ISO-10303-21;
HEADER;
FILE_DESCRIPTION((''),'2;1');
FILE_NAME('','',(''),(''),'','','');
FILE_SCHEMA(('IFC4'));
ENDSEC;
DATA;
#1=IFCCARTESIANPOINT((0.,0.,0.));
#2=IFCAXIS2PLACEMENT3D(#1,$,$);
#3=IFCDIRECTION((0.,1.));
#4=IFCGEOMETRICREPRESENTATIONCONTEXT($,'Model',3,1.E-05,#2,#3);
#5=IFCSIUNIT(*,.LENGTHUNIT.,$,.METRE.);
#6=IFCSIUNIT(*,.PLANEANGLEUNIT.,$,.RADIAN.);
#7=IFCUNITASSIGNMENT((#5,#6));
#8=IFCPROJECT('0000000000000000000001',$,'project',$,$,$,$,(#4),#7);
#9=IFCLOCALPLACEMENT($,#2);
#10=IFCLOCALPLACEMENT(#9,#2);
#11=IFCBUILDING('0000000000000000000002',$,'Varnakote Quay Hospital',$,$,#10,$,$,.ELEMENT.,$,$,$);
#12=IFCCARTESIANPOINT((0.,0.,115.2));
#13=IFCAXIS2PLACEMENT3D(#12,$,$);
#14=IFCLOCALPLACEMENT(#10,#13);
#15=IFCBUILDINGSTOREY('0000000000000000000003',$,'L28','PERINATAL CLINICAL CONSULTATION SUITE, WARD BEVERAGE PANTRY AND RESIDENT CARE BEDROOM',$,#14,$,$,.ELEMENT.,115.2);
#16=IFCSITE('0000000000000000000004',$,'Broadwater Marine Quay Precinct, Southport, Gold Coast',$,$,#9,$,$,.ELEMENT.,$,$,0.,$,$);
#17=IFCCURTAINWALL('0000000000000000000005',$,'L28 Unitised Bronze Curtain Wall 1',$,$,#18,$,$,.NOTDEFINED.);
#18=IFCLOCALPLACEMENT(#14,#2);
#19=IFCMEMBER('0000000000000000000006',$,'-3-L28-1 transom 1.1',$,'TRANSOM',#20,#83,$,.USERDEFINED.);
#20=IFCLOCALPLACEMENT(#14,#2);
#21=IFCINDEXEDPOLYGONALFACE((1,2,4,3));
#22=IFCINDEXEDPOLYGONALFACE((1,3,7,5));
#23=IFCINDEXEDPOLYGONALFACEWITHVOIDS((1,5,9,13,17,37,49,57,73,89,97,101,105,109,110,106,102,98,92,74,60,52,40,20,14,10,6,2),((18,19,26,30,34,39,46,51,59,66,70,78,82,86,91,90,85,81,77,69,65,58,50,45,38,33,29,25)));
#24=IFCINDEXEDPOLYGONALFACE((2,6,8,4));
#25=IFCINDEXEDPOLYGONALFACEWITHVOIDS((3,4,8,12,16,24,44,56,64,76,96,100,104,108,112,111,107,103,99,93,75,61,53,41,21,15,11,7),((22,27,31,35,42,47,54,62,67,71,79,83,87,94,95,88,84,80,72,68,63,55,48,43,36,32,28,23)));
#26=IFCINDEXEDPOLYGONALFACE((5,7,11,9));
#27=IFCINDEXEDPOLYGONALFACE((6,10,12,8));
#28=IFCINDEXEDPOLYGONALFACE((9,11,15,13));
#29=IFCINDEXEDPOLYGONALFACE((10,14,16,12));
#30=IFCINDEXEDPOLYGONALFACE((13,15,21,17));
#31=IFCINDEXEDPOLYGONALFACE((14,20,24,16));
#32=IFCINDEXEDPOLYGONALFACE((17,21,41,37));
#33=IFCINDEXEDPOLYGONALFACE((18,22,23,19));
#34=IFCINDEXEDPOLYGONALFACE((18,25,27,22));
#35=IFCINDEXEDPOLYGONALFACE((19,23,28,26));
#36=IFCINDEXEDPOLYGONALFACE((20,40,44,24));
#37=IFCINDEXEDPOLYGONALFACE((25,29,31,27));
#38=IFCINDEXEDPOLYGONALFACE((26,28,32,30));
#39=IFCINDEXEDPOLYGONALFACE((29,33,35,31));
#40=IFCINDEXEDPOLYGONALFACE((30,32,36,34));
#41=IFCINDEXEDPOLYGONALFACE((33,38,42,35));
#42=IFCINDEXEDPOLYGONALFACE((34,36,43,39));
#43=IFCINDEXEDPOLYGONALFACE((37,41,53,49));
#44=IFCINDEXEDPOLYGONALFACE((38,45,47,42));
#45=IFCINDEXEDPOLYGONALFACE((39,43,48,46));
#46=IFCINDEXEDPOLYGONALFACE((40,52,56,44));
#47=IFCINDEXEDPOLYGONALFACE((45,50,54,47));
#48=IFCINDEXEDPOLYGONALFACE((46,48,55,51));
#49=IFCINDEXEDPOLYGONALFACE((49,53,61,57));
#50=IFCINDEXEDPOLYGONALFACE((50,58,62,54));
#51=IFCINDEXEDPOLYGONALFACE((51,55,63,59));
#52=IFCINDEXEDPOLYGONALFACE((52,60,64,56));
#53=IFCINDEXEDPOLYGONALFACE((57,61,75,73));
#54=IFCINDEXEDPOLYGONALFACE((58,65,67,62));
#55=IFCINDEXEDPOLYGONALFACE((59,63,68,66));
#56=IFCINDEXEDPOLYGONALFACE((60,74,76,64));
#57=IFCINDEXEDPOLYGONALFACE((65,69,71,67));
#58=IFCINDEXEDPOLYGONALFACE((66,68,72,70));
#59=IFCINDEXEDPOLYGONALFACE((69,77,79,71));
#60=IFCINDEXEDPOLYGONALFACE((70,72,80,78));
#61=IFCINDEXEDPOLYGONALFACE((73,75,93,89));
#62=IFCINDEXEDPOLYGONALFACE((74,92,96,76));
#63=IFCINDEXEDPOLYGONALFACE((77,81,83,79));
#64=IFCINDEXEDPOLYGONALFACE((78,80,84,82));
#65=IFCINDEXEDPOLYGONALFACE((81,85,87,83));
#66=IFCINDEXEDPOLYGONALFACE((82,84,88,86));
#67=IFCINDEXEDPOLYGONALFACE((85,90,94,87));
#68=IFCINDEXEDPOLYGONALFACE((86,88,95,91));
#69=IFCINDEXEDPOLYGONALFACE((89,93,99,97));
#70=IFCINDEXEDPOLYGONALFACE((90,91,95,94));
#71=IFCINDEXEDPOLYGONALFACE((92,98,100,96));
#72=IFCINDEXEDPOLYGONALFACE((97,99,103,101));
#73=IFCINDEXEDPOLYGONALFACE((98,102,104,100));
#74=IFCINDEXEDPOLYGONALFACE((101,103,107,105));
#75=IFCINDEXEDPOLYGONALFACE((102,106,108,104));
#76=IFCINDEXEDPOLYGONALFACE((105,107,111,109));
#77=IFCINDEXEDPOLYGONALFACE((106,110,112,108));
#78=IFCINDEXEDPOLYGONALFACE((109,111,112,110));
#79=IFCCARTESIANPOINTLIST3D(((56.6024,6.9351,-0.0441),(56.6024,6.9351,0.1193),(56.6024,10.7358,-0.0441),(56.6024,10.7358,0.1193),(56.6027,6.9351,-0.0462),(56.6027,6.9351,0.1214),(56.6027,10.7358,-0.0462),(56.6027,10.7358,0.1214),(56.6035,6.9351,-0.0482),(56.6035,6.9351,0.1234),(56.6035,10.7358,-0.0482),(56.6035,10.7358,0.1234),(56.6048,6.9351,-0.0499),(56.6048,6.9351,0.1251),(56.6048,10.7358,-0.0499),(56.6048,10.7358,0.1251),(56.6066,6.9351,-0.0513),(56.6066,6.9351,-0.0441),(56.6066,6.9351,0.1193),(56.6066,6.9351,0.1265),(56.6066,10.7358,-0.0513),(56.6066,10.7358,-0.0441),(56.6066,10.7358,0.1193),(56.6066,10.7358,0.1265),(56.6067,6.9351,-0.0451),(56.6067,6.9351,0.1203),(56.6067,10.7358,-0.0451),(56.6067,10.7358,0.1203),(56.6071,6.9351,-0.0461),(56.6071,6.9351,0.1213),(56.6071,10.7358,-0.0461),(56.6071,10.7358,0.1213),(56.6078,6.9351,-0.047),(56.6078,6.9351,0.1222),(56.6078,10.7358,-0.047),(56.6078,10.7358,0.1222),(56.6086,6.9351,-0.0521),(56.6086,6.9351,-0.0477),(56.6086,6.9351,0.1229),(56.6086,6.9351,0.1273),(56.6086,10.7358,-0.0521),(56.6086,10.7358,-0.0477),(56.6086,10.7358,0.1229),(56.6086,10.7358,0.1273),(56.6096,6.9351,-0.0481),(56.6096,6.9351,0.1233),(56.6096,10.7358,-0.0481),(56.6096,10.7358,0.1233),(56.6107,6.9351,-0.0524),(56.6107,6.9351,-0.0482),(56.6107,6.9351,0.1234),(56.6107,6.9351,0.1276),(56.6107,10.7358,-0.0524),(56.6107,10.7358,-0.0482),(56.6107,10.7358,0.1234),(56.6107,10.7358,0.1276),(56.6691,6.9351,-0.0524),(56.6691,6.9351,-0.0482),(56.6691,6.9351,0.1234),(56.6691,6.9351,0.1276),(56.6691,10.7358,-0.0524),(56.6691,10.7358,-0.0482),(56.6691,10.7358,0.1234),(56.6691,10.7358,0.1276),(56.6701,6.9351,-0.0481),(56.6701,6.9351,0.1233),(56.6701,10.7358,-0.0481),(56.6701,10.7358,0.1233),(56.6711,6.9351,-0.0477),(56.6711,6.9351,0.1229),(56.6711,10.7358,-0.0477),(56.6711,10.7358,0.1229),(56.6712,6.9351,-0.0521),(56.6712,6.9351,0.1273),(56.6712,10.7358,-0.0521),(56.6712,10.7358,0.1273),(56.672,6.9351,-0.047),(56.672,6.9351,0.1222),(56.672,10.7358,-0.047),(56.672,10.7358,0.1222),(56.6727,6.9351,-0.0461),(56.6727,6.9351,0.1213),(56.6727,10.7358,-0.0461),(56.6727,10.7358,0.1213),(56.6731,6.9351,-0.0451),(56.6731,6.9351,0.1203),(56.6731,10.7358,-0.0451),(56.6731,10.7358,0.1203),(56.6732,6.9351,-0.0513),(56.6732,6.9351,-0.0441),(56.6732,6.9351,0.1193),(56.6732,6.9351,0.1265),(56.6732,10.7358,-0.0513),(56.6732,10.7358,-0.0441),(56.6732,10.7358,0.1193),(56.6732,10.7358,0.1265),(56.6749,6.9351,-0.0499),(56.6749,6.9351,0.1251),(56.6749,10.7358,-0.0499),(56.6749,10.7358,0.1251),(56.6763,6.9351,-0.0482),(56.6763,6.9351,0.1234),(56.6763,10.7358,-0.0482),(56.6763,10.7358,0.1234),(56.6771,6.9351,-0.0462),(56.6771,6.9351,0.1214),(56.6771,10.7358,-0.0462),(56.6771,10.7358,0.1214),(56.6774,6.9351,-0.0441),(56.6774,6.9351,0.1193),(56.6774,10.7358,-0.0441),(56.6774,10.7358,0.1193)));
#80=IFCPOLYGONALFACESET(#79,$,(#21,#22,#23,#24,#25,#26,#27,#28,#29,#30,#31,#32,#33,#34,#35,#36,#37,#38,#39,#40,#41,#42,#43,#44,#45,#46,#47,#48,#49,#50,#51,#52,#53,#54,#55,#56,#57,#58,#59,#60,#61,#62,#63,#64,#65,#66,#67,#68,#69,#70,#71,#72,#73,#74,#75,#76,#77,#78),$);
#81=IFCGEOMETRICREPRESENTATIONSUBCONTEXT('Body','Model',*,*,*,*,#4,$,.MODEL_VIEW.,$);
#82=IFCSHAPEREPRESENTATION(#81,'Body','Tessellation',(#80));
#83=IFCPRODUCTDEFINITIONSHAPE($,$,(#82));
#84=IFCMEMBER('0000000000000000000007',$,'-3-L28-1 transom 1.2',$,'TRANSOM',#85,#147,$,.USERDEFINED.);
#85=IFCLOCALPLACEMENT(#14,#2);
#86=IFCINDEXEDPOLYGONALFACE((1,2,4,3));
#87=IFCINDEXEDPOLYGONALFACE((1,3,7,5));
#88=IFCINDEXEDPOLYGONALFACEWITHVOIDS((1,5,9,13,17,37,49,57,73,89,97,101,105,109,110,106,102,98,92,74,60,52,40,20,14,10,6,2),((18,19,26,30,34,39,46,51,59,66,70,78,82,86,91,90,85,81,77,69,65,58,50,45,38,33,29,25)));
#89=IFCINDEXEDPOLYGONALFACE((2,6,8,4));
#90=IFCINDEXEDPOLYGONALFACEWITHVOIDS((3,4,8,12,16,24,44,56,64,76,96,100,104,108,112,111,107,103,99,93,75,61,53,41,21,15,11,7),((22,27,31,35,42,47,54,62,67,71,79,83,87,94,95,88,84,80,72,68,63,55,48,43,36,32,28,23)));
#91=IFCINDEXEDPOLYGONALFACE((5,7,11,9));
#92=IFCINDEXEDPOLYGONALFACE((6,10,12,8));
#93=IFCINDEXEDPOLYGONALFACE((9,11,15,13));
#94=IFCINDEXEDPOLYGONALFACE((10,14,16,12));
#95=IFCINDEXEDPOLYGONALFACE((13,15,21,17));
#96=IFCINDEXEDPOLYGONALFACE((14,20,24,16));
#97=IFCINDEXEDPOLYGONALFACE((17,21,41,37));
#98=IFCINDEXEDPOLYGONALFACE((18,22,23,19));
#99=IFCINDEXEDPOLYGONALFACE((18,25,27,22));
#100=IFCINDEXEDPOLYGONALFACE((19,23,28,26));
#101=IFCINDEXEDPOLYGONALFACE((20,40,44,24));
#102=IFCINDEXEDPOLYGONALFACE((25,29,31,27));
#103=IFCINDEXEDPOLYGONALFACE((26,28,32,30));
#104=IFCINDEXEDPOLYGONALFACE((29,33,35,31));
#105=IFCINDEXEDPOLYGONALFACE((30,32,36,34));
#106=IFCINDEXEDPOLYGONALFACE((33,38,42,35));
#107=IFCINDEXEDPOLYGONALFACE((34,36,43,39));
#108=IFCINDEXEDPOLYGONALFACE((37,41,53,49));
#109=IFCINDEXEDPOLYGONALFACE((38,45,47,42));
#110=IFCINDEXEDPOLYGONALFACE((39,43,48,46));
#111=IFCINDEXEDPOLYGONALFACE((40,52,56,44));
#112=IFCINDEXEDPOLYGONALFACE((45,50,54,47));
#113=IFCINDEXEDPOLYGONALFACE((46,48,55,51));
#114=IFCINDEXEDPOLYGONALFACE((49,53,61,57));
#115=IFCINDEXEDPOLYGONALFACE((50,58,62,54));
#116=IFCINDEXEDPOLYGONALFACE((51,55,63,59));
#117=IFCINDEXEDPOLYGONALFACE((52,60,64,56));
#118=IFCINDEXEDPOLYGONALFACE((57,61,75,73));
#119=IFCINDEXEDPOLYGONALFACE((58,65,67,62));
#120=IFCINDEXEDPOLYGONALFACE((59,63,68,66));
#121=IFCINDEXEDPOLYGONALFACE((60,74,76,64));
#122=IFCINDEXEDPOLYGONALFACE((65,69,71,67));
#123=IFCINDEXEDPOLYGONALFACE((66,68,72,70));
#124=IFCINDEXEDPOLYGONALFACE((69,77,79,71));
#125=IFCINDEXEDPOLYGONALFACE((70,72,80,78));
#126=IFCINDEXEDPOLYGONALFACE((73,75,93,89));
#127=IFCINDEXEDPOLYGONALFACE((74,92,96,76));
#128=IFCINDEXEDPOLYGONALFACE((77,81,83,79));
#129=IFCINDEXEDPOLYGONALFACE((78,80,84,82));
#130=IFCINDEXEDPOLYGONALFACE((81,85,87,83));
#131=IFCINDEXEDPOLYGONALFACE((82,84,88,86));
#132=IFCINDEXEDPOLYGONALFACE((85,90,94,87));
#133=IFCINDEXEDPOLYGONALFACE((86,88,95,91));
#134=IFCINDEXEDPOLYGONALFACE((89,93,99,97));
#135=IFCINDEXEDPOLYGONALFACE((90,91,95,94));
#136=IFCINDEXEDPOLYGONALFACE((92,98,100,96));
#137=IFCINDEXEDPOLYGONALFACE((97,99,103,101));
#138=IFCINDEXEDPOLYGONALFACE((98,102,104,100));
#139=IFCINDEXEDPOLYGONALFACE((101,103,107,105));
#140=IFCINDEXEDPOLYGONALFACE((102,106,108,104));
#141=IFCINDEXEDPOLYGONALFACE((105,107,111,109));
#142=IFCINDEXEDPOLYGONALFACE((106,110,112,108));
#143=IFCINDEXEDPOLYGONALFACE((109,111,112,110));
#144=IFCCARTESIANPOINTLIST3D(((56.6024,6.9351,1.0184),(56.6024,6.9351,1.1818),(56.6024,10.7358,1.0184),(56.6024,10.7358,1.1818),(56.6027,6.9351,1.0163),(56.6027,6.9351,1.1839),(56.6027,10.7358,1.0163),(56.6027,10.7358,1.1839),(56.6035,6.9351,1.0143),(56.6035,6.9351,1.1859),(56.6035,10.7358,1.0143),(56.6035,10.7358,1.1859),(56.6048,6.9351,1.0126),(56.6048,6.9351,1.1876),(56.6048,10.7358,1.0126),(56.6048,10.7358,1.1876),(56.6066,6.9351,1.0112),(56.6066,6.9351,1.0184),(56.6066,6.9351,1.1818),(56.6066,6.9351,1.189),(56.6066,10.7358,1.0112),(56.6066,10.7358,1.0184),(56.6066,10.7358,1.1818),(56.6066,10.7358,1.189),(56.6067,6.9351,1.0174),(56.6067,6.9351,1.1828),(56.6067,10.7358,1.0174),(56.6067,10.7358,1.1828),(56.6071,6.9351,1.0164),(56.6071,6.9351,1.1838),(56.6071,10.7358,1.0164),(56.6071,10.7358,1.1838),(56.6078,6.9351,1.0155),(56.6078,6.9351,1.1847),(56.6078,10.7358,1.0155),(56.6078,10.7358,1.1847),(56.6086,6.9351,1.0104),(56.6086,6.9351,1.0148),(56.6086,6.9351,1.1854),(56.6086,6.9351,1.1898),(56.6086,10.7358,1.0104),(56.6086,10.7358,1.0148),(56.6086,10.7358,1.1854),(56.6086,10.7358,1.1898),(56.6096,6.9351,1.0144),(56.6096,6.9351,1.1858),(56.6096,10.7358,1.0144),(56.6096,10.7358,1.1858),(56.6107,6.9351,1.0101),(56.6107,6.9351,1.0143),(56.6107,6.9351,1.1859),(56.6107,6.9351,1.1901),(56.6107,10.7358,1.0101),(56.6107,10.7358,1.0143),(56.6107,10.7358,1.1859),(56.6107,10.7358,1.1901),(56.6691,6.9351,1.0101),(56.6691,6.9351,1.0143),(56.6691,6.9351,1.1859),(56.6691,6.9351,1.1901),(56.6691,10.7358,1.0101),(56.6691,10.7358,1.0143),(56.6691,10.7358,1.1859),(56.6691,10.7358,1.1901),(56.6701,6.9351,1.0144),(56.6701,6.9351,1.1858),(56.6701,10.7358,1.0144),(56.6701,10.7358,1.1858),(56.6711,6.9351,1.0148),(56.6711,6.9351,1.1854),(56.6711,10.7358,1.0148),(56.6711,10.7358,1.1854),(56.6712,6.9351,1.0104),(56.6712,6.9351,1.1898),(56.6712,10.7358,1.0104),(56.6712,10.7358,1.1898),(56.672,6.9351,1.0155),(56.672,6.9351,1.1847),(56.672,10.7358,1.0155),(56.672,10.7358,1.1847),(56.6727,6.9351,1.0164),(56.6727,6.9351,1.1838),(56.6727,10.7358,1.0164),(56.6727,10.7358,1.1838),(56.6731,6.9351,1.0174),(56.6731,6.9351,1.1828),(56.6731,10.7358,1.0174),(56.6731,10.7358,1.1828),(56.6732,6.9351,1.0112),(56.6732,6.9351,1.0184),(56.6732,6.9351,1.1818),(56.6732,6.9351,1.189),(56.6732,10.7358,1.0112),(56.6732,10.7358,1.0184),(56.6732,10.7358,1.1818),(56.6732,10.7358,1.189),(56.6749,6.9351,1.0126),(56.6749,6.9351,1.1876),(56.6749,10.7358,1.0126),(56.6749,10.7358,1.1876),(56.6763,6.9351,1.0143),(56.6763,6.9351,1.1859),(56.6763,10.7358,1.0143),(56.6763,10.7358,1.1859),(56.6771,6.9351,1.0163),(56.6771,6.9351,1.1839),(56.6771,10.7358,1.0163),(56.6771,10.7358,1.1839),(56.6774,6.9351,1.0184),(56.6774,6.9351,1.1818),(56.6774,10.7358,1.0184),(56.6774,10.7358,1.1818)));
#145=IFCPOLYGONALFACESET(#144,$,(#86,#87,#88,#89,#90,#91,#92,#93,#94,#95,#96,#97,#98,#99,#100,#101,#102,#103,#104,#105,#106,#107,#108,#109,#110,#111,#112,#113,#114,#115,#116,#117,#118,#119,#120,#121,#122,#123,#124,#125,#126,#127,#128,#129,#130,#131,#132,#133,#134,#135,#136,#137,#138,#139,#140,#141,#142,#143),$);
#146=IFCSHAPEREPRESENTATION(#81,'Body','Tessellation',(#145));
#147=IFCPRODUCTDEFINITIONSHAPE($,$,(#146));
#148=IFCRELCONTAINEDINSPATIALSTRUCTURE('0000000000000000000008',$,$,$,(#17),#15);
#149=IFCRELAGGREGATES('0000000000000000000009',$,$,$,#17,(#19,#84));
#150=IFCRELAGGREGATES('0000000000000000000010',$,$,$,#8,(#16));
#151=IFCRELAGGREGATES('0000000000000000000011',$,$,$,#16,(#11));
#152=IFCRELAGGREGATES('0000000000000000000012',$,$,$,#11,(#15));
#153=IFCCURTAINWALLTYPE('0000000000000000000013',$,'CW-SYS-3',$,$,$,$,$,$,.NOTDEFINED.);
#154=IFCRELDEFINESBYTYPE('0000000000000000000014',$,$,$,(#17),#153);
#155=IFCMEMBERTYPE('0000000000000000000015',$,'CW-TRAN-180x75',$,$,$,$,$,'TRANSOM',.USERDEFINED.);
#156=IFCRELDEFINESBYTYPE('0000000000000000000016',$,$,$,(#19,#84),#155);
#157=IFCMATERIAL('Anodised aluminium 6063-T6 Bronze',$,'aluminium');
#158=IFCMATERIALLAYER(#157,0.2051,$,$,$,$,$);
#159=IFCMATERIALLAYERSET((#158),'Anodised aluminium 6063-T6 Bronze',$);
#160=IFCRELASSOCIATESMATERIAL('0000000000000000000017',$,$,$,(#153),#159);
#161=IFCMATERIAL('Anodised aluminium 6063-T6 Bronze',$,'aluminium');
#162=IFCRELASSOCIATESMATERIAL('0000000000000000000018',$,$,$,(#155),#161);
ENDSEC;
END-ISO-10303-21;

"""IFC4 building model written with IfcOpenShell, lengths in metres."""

from ifc_helpers import new_model, si_unit, direction, frame, origin, origin_2d, place, context, subcontext, project, spatial, hollow_rectangle, extrude, material, layer, layer_set, material_profile, profile_set, type_object, element, aggregate, save


model = new_model("IFC4")

# Units and contexts
model_context = context("Model", 3, precision=1e-05, world=origin(), true_north=direction((0.0, 1.0)))
body_context = subcontext(model_context, "Body", "Model", "MODEL_VIEW")
ifc_project = project(units=[si_unit("LENGTHUNIT", "METRE"), si_unit("PLANEANGLEUNIT", "RADIAN")], contexts=[model_context])

# Site, building, storey
site_placement = place(None, origin())
site = spatial("IfcSite", under=ifc_project, at=site_placement, Name="Broadwater Marine Quay Precinct, Southport, Gold Coast", CompositionType="ELEMENT", RefElevation=0.0)
building_placement = place(site_placement, origin())
building = spatial("IfcBuilding", under=site, at=building_placement, Name="Varnakote Quay Hospital", CompositionType="ELEMENT")
storey_placement = place(building_placement, frame((0.0, 0.0, 115.2)))
storey = spatial("IfcBuildingStorey", under=building, at=storey_placement, Name="L28", Description="PERINATAL CLINICAL CONSULTATION SUITE, WARD BEVERAGE PANTRY AND RESIDENT CARE BEDROOM", CompositionType="ELEMENT", Elevation=115.2)

# Curtain wall, members
ifc_material_1 = material(Name="Anodised aluminium 6063-T6 Bronze", Category="aluminium")
ifc_layer_1 = layer(ifc_material_1, 0.2051)
ifc_layer_set_1 = layer_set([ifc_layer_1], Name="Anodised aluminium 6063-T6 Bronze")
curtain_wall_type = type_object("IfcCurtainWallType", Name="CW-SYS-3", PredefinedType="NOTDEFINED", material=ifc_layer_set_1)
curtain_wall_placement = place(storey_placement, origin())
curtain_wall = element("IfcCurtainWall", 1, at=curtain_wall_placement, inside=storey, type_object=curtain_wall_type, Name="L28 Unitised Bronze Curtain Wall 1", PredefinedType="NOTDEFINED")
ifc_material_2 = material(Name="Anodised aluminium 6063-T6 Bronze", Category="aluminium")
ifc_material_profile_1 = material_profile(ifc_material_2, hollow_rectangle(XDim=0.075, YDim=0.1799, WallThickness=0.0042, InnerFilletRadius=0.0042, OuterFilletRadius=0.0083, at=origin_2d()), Name="CW-TRAN-180x75")
ifc_profile_set_1 = profile_set([ifc_material_profile_1], Name="Anodised aluminium 6063-T6 Bronze")
member_type_1 = type_object("IfcMemberType", Name="CW-TRAN-180x75", ElementType="TRANSOM", PredefinedType="USERDEFINED", material=ifc_profile_set_1)
member_1_placement = place(storey_placement, frame((56.6399, 6.9351, 0.0376), z_axis=(0.0, 1.0, 0.0), x_axis=(-1.0, 0.0, 0.0)))
member_1 = element("IfcMember", 2, at=member_1_placement, type_object=member_type_1, Name="-3-L28-1 transom 1.1", ObjectType="TRANSOM", PredefinedType="USERDEFINED", context=body_context, shape_type="SweptSolid", body=[
    extrude(hollow_rectangle(XDim=0.075, YDim=0.1799, WallThickness=0.0042, InnerFilletRadius=0.0042, OuterFilletRadius=0.0083, at=origin_2d()), origin(), (0.0, 0.0, 1.0), 3.8008),
])
member_2_placement = place(storey_placement, frame((56.6399, 6.9351, 1.1001), z_axis=(0.0, 1.0, 0.0), x_axis=(-1.0, 0.0, 0.0)))
member_2 = element("IfcMember", 3, at=member_2_placement, type_object=member_type_1, Name="-3-L28-1 transom 1.2", ObjectType="TRANSOM", PredefinedType="USERDEFINED", context=body_context, shape_type="SweptSolid", body=[
    extrude(hollow_rectangle(XDim=0.075, YDim=0.1799, WallThickness=0.0042, InnerFilletRadius=0.0042, OuterFilletRadius=0.0083, at=origin_2d()), origin(), (0.0, 0.0, 1.0), 3.8008),
])
aggregate(curtain_wall, [member_1, member_2])

save(model, "model.ifc")
